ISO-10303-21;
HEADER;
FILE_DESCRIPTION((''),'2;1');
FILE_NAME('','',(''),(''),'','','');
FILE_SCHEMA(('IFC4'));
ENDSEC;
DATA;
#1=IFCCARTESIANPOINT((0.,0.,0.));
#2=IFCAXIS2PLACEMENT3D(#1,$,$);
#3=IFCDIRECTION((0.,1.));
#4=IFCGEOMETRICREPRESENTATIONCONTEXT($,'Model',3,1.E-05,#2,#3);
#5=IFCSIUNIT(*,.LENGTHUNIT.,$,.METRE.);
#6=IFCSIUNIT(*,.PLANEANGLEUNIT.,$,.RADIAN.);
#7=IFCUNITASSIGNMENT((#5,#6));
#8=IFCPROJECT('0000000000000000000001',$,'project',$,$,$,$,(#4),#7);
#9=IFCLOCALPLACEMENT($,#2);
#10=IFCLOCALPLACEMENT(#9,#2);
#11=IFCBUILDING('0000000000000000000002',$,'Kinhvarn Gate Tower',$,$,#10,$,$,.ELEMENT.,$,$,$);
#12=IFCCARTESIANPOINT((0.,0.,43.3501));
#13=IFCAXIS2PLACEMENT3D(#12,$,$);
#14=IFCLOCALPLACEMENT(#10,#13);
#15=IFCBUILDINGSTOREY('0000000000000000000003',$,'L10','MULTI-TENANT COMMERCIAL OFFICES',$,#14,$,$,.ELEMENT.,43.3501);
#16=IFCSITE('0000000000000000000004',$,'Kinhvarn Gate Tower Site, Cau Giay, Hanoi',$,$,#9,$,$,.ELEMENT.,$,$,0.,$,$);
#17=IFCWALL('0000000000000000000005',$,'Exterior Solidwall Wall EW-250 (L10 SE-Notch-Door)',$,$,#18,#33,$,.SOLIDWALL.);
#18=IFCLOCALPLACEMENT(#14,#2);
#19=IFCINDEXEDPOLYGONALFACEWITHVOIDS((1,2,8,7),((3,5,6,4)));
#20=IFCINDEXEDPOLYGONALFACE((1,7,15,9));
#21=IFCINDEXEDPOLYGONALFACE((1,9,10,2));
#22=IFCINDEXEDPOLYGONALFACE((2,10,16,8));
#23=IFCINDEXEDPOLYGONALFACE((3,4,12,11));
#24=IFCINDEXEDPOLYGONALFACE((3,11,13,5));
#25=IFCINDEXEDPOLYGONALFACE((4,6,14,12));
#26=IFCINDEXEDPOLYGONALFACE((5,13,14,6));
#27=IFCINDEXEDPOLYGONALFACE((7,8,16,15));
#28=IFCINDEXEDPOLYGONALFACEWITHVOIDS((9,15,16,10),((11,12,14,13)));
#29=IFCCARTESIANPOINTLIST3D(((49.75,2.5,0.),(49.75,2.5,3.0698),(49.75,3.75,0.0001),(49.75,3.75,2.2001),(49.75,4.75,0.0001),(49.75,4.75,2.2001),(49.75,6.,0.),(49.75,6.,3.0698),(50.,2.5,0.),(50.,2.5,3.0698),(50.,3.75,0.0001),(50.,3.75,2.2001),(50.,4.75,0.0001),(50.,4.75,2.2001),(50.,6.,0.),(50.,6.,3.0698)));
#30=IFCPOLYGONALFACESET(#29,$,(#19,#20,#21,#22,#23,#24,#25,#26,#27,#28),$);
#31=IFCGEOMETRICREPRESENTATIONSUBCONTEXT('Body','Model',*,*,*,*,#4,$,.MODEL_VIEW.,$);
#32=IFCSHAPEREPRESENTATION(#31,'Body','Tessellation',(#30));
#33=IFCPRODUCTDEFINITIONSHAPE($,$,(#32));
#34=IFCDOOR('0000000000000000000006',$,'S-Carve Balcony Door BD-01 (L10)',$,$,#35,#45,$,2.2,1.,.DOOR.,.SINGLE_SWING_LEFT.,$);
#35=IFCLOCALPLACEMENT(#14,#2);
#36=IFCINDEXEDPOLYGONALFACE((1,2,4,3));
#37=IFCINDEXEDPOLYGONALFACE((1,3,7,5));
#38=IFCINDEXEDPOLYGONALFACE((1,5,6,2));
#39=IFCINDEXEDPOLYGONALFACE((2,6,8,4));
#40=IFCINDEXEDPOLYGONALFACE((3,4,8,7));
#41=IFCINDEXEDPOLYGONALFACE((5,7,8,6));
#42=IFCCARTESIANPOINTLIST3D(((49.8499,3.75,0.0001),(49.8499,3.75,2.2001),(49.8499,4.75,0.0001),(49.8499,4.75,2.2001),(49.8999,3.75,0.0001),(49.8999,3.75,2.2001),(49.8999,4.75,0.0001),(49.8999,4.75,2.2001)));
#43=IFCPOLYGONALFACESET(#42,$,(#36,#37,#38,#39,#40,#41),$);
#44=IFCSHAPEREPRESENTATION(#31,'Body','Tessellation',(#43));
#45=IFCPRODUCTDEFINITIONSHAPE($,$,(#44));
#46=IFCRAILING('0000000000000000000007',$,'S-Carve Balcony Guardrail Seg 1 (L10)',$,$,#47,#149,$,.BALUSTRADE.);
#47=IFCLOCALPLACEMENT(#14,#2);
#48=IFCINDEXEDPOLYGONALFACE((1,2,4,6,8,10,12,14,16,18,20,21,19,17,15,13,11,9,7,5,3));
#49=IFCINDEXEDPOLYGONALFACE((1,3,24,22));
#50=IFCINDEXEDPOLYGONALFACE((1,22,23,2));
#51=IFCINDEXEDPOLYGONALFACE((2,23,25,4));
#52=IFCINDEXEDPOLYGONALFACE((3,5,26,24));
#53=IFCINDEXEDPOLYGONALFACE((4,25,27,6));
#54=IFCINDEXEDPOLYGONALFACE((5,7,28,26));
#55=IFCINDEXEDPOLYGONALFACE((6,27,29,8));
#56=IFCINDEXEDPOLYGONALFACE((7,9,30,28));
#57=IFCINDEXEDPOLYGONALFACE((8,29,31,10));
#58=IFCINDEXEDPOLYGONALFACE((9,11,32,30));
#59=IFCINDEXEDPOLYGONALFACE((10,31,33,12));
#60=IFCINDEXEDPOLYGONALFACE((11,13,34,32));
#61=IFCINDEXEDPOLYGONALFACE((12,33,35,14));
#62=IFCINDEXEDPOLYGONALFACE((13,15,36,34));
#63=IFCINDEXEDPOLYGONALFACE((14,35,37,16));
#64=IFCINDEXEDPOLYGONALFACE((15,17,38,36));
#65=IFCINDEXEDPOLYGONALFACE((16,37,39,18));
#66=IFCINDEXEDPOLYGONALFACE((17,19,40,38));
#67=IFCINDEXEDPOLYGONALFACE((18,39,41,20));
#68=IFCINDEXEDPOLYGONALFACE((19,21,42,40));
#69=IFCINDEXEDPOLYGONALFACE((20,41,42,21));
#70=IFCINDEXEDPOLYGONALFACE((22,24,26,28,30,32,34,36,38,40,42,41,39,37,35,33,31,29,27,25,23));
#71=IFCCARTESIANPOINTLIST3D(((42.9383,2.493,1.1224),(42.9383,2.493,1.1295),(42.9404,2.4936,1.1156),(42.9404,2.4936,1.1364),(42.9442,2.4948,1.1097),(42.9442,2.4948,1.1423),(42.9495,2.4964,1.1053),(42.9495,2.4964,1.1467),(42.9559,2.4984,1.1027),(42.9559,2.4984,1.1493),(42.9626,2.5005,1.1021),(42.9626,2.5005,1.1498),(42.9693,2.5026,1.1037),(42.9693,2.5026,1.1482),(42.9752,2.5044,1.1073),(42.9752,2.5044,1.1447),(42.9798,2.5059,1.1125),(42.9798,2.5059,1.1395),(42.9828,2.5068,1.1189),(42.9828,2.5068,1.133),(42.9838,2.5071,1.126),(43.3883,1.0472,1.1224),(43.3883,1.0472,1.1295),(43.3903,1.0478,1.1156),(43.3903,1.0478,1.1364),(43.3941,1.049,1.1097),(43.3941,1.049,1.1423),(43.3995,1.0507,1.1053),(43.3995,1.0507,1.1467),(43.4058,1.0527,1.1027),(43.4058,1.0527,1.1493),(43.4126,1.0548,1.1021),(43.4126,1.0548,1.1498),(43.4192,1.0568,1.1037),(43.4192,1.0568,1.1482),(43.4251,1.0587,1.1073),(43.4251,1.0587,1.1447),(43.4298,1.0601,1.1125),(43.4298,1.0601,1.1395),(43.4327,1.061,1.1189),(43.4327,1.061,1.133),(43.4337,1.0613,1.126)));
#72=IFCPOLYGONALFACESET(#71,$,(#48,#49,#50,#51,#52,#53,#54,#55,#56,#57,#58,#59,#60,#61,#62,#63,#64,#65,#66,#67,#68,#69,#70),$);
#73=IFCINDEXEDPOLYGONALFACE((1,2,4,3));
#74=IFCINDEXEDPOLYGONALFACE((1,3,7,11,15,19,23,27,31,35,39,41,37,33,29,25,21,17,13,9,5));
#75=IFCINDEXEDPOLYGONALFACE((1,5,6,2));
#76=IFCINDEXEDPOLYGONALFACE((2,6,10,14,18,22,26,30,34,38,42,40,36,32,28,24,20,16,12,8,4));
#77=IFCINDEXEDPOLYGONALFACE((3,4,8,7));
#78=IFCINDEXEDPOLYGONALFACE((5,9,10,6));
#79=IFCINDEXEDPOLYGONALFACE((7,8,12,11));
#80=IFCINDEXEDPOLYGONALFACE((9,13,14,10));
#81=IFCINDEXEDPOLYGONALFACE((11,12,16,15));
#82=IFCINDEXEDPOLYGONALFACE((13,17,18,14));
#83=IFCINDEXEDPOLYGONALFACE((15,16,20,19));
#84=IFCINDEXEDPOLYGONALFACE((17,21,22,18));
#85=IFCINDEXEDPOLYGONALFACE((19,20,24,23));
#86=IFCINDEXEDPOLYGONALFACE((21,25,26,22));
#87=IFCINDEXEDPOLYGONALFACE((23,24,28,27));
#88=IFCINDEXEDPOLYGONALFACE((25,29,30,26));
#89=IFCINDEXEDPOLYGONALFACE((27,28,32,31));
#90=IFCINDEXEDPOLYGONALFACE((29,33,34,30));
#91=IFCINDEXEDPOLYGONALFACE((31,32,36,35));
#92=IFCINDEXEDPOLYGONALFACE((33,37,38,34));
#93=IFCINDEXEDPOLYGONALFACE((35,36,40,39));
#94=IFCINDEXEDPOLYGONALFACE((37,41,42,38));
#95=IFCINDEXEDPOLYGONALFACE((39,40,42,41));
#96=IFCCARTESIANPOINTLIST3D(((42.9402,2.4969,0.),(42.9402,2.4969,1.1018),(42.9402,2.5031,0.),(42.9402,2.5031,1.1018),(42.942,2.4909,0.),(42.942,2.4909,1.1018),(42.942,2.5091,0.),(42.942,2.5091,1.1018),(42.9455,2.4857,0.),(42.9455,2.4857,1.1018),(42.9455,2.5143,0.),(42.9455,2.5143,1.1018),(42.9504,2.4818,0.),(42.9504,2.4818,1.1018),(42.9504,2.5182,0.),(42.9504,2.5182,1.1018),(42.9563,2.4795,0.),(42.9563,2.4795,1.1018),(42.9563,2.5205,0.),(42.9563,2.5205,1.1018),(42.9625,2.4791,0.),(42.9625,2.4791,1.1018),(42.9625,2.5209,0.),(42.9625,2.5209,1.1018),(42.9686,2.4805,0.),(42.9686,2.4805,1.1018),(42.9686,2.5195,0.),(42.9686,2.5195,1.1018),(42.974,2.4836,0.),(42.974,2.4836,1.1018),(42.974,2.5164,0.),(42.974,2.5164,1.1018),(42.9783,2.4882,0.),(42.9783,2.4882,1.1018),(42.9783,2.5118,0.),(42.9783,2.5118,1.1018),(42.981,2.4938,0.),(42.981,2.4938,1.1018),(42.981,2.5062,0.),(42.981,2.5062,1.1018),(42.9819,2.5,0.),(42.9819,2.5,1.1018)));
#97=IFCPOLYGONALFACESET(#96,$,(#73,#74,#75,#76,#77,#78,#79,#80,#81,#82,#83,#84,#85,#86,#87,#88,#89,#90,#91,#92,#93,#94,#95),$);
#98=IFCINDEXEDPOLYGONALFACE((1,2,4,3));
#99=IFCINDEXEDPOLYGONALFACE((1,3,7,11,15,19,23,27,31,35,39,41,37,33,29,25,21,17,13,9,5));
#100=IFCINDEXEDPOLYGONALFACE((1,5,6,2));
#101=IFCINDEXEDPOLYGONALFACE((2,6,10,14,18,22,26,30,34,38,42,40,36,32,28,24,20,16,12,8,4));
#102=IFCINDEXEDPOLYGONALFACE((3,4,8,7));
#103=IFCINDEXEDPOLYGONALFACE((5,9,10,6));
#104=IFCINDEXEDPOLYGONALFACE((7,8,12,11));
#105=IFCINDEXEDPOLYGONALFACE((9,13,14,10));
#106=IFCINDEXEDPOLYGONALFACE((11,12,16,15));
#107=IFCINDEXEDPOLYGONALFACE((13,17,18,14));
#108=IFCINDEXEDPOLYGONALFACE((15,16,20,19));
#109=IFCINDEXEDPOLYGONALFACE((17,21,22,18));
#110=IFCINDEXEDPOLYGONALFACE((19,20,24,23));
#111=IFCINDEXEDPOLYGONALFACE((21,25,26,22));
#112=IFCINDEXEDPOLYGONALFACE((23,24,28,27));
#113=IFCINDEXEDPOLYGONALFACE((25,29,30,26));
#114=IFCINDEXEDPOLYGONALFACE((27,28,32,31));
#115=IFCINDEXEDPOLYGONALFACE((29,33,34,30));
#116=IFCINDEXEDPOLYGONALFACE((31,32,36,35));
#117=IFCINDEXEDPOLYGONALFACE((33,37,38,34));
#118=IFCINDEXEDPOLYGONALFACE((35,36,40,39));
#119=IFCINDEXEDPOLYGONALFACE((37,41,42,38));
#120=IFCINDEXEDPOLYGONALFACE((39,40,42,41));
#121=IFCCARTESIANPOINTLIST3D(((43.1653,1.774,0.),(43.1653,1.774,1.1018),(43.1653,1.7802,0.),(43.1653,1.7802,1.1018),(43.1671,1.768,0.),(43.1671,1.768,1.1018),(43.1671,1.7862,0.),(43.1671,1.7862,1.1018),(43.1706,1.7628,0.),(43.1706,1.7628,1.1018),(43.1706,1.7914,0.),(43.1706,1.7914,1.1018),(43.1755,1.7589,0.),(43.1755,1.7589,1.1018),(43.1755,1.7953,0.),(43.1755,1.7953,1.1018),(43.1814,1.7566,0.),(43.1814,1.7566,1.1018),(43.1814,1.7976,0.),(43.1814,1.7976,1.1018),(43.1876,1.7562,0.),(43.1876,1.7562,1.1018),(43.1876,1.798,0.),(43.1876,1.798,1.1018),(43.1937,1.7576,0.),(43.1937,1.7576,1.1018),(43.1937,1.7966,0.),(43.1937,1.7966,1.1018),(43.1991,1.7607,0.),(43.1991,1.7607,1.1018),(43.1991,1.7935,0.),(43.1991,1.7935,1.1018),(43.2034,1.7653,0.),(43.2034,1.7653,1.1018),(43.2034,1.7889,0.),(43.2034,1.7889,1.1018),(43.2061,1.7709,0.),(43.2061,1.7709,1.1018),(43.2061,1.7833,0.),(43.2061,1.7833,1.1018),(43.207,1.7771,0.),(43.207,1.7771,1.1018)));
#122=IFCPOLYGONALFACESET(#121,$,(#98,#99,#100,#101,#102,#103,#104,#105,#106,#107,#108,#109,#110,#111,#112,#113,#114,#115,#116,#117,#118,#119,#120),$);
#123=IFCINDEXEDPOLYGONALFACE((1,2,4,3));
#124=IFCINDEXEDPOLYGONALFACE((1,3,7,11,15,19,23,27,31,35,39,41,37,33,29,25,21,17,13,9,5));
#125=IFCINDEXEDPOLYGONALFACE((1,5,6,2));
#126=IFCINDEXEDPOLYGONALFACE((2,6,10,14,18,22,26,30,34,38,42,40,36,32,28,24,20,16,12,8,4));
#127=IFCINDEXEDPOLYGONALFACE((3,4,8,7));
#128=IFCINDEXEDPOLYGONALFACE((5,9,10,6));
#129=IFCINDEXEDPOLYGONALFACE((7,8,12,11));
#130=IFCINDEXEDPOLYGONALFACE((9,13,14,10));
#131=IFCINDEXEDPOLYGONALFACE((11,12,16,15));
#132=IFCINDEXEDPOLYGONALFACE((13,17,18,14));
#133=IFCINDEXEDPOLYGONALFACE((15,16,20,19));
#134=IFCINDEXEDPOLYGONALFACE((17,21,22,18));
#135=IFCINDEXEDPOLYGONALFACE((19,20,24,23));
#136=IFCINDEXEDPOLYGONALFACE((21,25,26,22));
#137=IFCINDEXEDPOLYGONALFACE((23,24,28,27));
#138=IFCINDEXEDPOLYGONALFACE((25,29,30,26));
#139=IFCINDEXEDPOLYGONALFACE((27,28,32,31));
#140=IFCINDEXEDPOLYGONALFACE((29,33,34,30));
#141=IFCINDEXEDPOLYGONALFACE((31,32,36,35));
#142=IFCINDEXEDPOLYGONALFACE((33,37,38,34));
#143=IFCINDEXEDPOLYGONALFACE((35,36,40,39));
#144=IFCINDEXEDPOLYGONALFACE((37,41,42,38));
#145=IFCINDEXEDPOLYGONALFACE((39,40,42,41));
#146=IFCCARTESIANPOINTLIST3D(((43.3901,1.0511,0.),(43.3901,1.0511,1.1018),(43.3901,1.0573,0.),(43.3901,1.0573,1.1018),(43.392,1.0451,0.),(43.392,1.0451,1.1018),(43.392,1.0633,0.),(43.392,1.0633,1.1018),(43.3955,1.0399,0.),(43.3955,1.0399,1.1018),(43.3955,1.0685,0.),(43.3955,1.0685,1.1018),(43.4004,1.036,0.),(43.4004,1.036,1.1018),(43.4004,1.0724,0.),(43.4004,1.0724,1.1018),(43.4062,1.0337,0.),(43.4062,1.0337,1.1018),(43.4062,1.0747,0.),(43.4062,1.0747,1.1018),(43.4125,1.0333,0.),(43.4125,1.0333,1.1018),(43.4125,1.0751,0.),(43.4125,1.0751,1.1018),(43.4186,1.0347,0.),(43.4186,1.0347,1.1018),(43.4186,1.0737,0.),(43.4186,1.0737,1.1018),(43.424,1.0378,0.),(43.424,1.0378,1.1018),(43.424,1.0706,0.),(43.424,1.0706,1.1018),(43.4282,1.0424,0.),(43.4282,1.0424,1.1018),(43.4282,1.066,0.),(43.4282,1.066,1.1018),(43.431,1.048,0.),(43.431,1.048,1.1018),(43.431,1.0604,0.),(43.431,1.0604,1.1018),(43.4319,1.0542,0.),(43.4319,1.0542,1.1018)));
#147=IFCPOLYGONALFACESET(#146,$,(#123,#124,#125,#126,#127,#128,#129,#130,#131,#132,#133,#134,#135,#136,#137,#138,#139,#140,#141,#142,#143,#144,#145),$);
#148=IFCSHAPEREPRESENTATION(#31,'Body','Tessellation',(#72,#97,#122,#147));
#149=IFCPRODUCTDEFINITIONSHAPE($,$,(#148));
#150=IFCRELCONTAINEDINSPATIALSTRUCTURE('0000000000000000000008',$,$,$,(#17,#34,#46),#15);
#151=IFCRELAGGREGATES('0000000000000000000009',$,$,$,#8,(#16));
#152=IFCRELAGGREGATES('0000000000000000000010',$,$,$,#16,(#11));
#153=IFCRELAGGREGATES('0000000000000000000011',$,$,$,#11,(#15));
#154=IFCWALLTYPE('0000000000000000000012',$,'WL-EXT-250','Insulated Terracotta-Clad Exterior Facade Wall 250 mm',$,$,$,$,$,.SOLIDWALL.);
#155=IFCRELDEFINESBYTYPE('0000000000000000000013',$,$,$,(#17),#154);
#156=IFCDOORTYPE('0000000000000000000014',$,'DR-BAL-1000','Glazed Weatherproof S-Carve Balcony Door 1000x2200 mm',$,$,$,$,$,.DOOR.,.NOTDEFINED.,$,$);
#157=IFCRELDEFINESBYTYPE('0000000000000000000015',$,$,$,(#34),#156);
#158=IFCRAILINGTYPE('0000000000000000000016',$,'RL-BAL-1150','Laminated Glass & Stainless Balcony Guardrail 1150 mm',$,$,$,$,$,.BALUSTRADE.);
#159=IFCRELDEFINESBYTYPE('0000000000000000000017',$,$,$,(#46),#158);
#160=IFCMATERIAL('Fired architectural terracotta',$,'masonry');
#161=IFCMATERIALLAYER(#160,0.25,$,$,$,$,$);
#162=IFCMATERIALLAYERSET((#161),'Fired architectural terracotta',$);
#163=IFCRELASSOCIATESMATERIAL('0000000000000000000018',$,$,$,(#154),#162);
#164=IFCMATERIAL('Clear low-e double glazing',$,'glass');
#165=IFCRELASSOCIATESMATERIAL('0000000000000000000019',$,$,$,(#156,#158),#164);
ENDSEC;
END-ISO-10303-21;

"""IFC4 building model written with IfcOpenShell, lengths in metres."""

from ifc_helpers import new_model, si_unit, direction, frame, frame_2d, origin, origin_2d, place, context, subcontext, project, spatial, rectangle, circle, extrude, material, layer, layer_set, type_object, element, fill, save


model = new_model("IFC4")

# Units and contexts
model_context = context("Model", 3, precision=1e-05, world=origin(), true_north=direction((0.0, 1.0)))
body_context = subcontext(model_context, "Body", "Model", "MODEL_VIEW")
ifc_project = project(units=[si_unit("LENGTHUNIT", "METRE"), si_unit("PLANEANGLEUNIT", "RADIAN")], contexts=[model_context])

# Site, building, storey
site_placement = place(None, origin())
site = spatial("IfcSite", under=ifc_project, at=site_placement, Name="Kinhvarn Gate Tower Site, Cau Giay, Hanoi", CompositionType="ELEMENT", RefElevation=0.0)
building_placement = place(site_placement, origin())
building = spatial("IfcBuilding", under=site, at=building_placement, Name="Kinhvarn Gate Tower", CompositionType="ELEMENT")
storey_placement = place(building_placement, frame((0.0, 0.0, 43.3501)))
storey = spatial("IfcBuildingStorey", under=building, at=storey_placement, Name="L10", Description="MULTI-TENANT COMMERCIAL OFFICES", CompositionType="ELEMENT", Elevation=43.3501)

# Shared definitions
ifc_material_1 = material(Name="Clear low-e double glazing", Category="glass")

# Wall, opening, door
ifc_material_2 = material(Name="Fired architectural terracotta", Category="masonry")
ifc_layer_1 = layer(ifc_material_2, 0.25)
ifc_layer_set_1 = layer_set([ifc_layer_1], Name="Fired architectural terracotta")
wall_type = type_object("IfcWallType", Name="WL-EXT-250", Description="Insulated Terracotta-Clad Exterior Facade Wall 250 mm", PredefinedType="SOLIDWALL", material=ifc_layer_set_1)
wall_placement = place(storey_placement, frame((49.875, 2.5, 0.0), z_axis=(0.0, 0.0, 1.0), x_axis=(0.0, 1.0, 0.0)))
wall = element("IfcWall", 1, at=wall_placement, inside=storey, type_object=wall_type, Name="Exterior Solidwall Wall EW-250 (L10 SE-Notch-Door)", PredefinedType="SOLIDWALL", context=body_context, shape_type="SweptSolid", body=[
    extrude(rectangle(XDim=3.5, YDim=0.25, at=frame_2d((1.75, 0.0))), origin(), (0.0, 0.0, 1.0), 3.0698),
])
opening_placement = place(wall_placement, frame((1.25, 0.0, 0.0)))
opening = element("IfcOpeningElement", 2, at=opening_placement, cuts=wall, PredefinedType="OPENING", context=body_context, shape_type="SweptSolid", body=[
    extrude(rectangle(XDim=1.0, YDim=2.2, at=frame_2d((0.5, 1.1001))), frame((0.0, 0.135, 0.0), z_axis=(0.0, -1.0, 0.0), x_axis=(1.0, 0.0, 0.0)), (0.0, 0.0, 1.0), 0.27),
])
door_type = type_object("IfcDoorType", Name="DR-BAL-1000", Description="Glazed Weatherproof S-Carve Balcony Door 1000x2200 mm", OperationType="NOTDEFINED", PredefinedType="DOOR", material=ifc_material_1)
door_placement = place(opening_placement, frame((1.0, 0.0, 0.0), z_axis=(0.0, 0.0, 1.0), x_axis=(-1.0, 0.0, 0.0)))
door = element("IfcDoor", 3, at=door_placement, inside=storey, type_object=door_type, Name="S-Carve Balcony Door BD-01 (L10)", OperationType="SINGLE_SWING_LEFT", OverallHeight=2.2, OverallWidth=1.0, PredefinedType="DOOR", context=body_context, shape_type="SweptSolid", body=[
    extrude(rectangle(XDim=1.0, YDim=2.2, at=frame_2d((0.5, 1.1001))), frame((0.0, 0.0249, 0.0), z_axis=(0.0, -1.0, 0.0), x_axis=(1.0, 0.0, 0.0)), (0.0, 0.0, 1.0), 0.05),
])
fill(opening, door)

# Railing
railing_type = type_object("IfcRailingType", Name="RL-BAL-1150", Description="Laminated Glass & Stainless Balcony Guardrail 1150 mm", PredefinedType="BALUSTRADE", material=ifc_material_1)
railing_1_placement = place(storey_placement, frame((42.9609, 2.5, 0.0)))
element("IfcRailing", 4, at=railing_1_placement, inside=storey, type_object=railing_type, Name="S-Carve Balcony Guardrail Seg 1 (L10)", PredefinedType="BALUSTRADE", context=body_context, shape_type="SweptSolid", body=[
    extrude(circle(Radius=0.0239, at=origin_2d()), frame((0.0, 0.0, 1.126), z_axis=(0.297155, -0.954829, 0.0), x_axis=(0.954829, 0.297155, 0.0)), (0.0, 0.0, 1.0), 1.5142),
    extrude(circle(Radius=0.021, at=origin_2d()), origin(), (0.0, 0.0, 1.0), 1.1018),
    extrude(circle(Radius=0.021, at=origin_2d()), frame((0.2251, -0.7229, 0.0)), (0.0, 0.0, 1.0), 1.1018),
    extrude(circle(Radius=0.021, at=origin_2d()), frame((0.45, -1.4458, 0.0)), (0.0, 0.0, 1.0), 1.1018),
])

save(model, "model.ifc")
